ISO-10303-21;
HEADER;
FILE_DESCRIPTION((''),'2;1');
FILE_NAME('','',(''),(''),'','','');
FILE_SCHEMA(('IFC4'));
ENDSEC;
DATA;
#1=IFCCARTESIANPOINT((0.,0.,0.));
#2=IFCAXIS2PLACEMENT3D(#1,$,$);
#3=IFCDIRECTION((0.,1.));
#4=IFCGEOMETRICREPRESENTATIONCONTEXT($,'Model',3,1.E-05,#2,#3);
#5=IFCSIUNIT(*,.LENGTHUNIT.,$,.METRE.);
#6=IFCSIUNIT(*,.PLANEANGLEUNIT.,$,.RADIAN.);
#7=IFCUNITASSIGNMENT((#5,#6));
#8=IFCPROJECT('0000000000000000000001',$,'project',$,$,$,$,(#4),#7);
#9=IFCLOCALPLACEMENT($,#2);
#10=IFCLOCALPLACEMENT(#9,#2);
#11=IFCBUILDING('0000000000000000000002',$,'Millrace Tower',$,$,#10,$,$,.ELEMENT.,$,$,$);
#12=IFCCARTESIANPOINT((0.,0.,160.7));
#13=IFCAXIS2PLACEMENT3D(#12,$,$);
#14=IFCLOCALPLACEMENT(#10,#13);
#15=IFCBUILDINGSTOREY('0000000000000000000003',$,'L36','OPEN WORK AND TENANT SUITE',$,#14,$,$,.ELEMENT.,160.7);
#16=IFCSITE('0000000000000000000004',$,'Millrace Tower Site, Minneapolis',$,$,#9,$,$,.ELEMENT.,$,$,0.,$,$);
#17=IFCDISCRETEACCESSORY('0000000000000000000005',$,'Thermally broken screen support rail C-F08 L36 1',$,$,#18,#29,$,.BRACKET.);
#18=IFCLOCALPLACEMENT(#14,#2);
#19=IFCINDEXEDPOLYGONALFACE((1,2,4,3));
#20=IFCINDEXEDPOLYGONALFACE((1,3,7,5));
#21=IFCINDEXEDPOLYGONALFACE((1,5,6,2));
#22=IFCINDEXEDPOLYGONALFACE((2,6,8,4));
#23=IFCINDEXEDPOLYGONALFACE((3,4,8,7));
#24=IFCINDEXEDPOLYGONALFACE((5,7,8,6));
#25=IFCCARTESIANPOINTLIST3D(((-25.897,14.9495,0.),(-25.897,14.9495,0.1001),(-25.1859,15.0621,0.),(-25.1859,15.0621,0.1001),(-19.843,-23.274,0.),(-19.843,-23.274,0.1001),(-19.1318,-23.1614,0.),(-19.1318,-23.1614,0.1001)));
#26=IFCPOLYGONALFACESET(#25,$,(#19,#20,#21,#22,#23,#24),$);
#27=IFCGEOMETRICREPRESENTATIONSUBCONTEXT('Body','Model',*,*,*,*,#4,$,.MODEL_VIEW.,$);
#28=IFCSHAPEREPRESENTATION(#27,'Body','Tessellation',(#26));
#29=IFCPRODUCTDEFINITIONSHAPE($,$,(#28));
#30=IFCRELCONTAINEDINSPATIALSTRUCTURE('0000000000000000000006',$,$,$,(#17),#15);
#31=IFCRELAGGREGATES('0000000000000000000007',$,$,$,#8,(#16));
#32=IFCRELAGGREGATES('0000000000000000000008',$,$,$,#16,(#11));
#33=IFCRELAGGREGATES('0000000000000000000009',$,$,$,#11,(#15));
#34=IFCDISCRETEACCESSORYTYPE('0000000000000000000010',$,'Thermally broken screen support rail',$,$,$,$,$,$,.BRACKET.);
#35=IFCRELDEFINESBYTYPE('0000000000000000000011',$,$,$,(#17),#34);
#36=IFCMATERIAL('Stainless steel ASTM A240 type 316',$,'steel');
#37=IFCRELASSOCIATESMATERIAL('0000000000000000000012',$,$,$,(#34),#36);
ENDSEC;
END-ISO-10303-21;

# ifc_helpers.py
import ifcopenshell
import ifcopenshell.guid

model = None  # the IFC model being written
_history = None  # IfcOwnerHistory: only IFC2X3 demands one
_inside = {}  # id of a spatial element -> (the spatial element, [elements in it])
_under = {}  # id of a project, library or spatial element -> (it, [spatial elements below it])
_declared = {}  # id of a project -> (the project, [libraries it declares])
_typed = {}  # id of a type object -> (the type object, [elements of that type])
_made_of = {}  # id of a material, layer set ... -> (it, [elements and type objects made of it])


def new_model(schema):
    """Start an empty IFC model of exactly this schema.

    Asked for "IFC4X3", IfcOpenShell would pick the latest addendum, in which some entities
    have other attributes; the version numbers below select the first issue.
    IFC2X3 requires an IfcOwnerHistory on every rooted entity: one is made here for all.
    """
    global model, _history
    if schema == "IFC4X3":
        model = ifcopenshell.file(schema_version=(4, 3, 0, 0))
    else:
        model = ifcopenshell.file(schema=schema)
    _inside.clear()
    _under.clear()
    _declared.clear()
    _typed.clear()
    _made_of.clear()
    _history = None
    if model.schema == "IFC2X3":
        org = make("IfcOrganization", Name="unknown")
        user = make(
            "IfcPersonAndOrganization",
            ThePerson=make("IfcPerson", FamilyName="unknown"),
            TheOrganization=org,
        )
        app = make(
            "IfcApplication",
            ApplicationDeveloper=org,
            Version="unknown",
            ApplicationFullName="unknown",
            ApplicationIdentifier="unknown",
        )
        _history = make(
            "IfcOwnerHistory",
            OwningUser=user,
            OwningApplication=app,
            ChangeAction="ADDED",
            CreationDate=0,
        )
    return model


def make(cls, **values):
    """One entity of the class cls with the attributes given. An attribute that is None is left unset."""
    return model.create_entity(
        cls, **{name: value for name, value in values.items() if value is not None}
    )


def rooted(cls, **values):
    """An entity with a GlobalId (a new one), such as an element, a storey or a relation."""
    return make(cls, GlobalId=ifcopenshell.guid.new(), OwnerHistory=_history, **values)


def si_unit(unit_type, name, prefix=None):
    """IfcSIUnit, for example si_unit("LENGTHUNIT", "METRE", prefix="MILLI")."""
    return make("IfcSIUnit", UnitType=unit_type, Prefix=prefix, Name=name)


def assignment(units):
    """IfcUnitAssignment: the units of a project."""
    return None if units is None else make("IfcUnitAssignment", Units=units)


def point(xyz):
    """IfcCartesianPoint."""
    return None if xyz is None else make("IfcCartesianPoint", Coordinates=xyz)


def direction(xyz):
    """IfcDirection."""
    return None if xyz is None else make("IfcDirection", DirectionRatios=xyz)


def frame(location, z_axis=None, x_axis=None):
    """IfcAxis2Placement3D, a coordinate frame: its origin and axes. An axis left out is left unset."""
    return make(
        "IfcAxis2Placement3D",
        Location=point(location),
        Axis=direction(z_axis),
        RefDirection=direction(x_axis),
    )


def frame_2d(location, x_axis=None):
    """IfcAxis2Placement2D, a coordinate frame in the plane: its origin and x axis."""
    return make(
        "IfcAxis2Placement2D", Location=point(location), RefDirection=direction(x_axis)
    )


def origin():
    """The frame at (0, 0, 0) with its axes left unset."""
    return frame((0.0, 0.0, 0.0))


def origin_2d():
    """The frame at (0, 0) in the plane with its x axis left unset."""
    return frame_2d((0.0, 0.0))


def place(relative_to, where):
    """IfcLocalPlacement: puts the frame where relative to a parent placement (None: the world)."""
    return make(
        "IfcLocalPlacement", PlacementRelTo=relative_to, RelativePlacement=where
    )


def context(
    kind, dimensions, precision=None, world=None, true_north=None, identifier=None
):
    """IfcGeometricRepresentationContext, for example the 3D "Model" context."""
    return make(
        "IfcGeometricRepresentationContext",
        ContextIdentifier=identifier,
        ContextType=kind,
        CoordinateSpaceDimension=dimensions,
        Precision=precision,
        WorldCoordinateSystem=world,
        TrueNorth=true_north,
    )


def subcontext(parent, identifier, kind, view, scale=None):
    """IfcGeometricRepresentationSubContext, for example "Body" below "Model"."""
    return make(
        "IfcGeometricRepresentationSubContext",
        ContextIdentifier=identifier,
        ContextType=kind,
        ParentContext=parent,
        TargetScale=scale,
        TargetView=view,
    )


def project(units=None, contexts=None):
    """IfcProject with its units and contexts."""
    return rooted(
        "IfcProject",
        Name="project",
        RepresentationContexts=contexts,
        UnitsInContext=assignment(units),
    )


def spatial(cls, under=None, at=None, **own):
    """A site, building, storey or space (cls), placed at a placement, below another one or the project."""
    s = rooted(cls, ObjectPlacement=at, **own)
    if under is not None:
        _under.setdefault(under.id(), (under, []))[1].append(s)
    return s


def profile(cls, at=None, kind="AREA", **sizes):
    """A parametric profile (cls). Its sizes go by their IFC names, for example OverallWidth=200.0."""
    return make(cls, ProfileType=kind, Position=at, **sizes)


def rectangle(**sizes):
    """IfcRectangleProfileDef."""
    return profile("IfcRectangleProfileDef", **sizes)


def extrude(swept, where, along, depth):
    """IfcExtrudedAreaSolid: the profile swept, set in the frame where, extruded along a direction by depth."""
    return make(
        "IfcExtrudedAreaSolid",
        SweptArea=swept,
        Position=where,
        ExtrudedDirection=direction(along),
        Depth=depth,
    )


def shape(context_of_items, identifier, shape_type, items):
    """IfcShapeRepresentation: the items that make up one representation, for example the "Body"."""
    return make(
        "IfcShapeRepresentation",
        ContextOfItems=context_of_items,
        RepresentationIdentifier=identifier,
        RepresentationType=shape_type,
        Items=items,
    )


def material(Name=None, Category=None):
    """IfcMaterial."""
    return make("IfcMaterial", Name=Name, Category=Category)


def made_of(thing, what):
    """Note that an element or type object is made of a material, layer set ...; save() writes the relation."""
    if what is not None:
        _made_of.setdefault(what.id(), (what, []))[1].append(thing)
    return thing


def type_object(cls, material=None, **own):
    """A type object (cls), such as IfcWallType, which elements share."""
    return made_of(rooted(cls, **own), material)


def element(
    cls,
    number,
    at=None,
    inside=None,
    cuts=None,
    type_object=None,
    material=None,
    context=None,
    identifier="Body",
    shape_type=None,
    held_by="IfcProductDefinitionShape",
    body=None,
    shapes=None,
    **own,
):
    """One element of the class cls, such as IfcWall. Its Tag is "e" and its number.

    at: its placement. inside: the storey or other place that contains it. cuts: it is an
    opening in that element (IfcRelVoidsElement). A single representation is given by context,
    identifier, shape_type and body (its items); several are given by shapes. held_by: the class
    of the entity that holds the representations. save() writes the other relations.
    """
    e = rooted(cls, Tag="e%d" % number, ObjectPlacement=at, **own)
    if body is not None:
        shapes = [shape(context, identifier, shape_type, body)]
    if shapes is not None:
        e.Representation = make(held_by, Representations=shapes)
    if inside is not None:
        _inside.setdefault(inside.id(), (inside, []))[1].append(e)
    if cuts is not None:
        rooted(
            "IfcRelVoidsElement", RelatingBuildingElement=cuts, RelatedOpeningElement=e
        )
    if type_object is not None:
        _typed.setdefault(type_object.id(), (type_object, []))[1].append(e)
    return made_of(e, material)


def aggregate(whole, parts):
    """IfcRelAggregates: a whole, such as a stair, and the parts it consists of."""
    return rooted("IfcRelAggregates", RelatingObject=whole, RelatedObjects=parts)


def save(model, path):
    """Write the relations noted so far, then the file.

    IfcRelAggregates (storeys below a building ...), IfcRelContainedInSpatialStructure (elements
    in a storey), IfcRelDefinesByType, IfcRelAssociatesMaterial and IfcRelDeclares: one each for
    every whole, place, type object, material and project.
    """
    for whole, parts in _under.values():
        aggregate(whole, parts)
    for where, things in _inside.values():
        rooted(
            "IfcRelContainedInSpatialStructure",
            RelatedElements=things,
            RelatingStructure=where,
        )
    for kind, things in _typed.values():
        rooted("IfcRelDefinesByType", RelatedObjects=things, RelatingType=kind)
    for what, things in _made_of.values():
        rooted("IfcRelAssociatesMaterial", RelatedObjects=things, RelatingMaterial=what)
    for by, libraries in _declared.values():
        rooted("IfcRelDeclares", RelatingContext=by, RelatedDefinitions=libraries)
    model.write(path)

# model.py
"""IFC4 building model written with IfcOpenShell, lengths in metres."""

from ifc_helpers import new_model, si_unit, direction, frame, origin, origin_2d, place, context, subcontext, project, spatial, rectangle, extrude, material, type_object, element, save


model = new_model("IFC4")

# Units and contexts
model_context = context("Model", 3, precision=1e-05, world=origin(), true_north=direction((0.0, 1.0)))
body_context = subcontext(model_context, "Body", "Model", "MODEL_VIEW")
ifc_project = project(units=[si_unit("LENGTHUNIT", "METRE"), si_unit("PLANEANGLEUNIT", "RADIAN")], contexts=[model_context])

# Site, building, storey
site_placement = place(None, origin())
site = spatial("IfcSite", under=ifc_project, at=site_placement, Name="Millrace Tower Site, Minneapolis", CompositionType="ELEMENT", RefElevation=0.0)
building_placement = place(site_placement, origin())
building = spatial("IfcBuilding", under=site, at=building_placement, Name="Millrace Tower", CompositionType="ELEMENT")
storey_placement = place(building_placement, frame((0.0, 0.0, 160.7)))
storey = spatial("IfcBuildingStorey", under=building, at=storey_placement, Name="L36", Description="OPEN WORK AND TENANT SUITE", CompositionType="ELEMENT", Elevation=160.7)

# Discrete accessory
ifc_material_1 = material(Name="Stainless steel ASTM A240 type 316", Category="steel")
discrete_accessory_type = type_object("IfcDiscreteAccessoryType", Name="Thermally broken screen support rail", PredefinedType="BRACKET", material=ifc_material_1)
discrete_accessory_placement = place(storey_placement, frame((-22.5144, -4.106, 0.0), z_axis=(0.0, 0.0, 1.0), x_axis=(0.156434, -0.987688, 0.0)))
element("IfcDiscreteAccessory", 1, at=discrete_accessory_placement, inside=storey, type_object=discrete_accessory_type, Name="Thermally broken screen support rail C-F08 L36 1", PredefinedType="BRACKET", context=body_context, shape_type="SweptSolid", body=[
    extrude(rectangle(XDim=38.7, YDim=0.72, at=origin_2d()), origin(), (0.0, 0.0, 1.0), 0.1001),
])

save(model, "model.ifc")
